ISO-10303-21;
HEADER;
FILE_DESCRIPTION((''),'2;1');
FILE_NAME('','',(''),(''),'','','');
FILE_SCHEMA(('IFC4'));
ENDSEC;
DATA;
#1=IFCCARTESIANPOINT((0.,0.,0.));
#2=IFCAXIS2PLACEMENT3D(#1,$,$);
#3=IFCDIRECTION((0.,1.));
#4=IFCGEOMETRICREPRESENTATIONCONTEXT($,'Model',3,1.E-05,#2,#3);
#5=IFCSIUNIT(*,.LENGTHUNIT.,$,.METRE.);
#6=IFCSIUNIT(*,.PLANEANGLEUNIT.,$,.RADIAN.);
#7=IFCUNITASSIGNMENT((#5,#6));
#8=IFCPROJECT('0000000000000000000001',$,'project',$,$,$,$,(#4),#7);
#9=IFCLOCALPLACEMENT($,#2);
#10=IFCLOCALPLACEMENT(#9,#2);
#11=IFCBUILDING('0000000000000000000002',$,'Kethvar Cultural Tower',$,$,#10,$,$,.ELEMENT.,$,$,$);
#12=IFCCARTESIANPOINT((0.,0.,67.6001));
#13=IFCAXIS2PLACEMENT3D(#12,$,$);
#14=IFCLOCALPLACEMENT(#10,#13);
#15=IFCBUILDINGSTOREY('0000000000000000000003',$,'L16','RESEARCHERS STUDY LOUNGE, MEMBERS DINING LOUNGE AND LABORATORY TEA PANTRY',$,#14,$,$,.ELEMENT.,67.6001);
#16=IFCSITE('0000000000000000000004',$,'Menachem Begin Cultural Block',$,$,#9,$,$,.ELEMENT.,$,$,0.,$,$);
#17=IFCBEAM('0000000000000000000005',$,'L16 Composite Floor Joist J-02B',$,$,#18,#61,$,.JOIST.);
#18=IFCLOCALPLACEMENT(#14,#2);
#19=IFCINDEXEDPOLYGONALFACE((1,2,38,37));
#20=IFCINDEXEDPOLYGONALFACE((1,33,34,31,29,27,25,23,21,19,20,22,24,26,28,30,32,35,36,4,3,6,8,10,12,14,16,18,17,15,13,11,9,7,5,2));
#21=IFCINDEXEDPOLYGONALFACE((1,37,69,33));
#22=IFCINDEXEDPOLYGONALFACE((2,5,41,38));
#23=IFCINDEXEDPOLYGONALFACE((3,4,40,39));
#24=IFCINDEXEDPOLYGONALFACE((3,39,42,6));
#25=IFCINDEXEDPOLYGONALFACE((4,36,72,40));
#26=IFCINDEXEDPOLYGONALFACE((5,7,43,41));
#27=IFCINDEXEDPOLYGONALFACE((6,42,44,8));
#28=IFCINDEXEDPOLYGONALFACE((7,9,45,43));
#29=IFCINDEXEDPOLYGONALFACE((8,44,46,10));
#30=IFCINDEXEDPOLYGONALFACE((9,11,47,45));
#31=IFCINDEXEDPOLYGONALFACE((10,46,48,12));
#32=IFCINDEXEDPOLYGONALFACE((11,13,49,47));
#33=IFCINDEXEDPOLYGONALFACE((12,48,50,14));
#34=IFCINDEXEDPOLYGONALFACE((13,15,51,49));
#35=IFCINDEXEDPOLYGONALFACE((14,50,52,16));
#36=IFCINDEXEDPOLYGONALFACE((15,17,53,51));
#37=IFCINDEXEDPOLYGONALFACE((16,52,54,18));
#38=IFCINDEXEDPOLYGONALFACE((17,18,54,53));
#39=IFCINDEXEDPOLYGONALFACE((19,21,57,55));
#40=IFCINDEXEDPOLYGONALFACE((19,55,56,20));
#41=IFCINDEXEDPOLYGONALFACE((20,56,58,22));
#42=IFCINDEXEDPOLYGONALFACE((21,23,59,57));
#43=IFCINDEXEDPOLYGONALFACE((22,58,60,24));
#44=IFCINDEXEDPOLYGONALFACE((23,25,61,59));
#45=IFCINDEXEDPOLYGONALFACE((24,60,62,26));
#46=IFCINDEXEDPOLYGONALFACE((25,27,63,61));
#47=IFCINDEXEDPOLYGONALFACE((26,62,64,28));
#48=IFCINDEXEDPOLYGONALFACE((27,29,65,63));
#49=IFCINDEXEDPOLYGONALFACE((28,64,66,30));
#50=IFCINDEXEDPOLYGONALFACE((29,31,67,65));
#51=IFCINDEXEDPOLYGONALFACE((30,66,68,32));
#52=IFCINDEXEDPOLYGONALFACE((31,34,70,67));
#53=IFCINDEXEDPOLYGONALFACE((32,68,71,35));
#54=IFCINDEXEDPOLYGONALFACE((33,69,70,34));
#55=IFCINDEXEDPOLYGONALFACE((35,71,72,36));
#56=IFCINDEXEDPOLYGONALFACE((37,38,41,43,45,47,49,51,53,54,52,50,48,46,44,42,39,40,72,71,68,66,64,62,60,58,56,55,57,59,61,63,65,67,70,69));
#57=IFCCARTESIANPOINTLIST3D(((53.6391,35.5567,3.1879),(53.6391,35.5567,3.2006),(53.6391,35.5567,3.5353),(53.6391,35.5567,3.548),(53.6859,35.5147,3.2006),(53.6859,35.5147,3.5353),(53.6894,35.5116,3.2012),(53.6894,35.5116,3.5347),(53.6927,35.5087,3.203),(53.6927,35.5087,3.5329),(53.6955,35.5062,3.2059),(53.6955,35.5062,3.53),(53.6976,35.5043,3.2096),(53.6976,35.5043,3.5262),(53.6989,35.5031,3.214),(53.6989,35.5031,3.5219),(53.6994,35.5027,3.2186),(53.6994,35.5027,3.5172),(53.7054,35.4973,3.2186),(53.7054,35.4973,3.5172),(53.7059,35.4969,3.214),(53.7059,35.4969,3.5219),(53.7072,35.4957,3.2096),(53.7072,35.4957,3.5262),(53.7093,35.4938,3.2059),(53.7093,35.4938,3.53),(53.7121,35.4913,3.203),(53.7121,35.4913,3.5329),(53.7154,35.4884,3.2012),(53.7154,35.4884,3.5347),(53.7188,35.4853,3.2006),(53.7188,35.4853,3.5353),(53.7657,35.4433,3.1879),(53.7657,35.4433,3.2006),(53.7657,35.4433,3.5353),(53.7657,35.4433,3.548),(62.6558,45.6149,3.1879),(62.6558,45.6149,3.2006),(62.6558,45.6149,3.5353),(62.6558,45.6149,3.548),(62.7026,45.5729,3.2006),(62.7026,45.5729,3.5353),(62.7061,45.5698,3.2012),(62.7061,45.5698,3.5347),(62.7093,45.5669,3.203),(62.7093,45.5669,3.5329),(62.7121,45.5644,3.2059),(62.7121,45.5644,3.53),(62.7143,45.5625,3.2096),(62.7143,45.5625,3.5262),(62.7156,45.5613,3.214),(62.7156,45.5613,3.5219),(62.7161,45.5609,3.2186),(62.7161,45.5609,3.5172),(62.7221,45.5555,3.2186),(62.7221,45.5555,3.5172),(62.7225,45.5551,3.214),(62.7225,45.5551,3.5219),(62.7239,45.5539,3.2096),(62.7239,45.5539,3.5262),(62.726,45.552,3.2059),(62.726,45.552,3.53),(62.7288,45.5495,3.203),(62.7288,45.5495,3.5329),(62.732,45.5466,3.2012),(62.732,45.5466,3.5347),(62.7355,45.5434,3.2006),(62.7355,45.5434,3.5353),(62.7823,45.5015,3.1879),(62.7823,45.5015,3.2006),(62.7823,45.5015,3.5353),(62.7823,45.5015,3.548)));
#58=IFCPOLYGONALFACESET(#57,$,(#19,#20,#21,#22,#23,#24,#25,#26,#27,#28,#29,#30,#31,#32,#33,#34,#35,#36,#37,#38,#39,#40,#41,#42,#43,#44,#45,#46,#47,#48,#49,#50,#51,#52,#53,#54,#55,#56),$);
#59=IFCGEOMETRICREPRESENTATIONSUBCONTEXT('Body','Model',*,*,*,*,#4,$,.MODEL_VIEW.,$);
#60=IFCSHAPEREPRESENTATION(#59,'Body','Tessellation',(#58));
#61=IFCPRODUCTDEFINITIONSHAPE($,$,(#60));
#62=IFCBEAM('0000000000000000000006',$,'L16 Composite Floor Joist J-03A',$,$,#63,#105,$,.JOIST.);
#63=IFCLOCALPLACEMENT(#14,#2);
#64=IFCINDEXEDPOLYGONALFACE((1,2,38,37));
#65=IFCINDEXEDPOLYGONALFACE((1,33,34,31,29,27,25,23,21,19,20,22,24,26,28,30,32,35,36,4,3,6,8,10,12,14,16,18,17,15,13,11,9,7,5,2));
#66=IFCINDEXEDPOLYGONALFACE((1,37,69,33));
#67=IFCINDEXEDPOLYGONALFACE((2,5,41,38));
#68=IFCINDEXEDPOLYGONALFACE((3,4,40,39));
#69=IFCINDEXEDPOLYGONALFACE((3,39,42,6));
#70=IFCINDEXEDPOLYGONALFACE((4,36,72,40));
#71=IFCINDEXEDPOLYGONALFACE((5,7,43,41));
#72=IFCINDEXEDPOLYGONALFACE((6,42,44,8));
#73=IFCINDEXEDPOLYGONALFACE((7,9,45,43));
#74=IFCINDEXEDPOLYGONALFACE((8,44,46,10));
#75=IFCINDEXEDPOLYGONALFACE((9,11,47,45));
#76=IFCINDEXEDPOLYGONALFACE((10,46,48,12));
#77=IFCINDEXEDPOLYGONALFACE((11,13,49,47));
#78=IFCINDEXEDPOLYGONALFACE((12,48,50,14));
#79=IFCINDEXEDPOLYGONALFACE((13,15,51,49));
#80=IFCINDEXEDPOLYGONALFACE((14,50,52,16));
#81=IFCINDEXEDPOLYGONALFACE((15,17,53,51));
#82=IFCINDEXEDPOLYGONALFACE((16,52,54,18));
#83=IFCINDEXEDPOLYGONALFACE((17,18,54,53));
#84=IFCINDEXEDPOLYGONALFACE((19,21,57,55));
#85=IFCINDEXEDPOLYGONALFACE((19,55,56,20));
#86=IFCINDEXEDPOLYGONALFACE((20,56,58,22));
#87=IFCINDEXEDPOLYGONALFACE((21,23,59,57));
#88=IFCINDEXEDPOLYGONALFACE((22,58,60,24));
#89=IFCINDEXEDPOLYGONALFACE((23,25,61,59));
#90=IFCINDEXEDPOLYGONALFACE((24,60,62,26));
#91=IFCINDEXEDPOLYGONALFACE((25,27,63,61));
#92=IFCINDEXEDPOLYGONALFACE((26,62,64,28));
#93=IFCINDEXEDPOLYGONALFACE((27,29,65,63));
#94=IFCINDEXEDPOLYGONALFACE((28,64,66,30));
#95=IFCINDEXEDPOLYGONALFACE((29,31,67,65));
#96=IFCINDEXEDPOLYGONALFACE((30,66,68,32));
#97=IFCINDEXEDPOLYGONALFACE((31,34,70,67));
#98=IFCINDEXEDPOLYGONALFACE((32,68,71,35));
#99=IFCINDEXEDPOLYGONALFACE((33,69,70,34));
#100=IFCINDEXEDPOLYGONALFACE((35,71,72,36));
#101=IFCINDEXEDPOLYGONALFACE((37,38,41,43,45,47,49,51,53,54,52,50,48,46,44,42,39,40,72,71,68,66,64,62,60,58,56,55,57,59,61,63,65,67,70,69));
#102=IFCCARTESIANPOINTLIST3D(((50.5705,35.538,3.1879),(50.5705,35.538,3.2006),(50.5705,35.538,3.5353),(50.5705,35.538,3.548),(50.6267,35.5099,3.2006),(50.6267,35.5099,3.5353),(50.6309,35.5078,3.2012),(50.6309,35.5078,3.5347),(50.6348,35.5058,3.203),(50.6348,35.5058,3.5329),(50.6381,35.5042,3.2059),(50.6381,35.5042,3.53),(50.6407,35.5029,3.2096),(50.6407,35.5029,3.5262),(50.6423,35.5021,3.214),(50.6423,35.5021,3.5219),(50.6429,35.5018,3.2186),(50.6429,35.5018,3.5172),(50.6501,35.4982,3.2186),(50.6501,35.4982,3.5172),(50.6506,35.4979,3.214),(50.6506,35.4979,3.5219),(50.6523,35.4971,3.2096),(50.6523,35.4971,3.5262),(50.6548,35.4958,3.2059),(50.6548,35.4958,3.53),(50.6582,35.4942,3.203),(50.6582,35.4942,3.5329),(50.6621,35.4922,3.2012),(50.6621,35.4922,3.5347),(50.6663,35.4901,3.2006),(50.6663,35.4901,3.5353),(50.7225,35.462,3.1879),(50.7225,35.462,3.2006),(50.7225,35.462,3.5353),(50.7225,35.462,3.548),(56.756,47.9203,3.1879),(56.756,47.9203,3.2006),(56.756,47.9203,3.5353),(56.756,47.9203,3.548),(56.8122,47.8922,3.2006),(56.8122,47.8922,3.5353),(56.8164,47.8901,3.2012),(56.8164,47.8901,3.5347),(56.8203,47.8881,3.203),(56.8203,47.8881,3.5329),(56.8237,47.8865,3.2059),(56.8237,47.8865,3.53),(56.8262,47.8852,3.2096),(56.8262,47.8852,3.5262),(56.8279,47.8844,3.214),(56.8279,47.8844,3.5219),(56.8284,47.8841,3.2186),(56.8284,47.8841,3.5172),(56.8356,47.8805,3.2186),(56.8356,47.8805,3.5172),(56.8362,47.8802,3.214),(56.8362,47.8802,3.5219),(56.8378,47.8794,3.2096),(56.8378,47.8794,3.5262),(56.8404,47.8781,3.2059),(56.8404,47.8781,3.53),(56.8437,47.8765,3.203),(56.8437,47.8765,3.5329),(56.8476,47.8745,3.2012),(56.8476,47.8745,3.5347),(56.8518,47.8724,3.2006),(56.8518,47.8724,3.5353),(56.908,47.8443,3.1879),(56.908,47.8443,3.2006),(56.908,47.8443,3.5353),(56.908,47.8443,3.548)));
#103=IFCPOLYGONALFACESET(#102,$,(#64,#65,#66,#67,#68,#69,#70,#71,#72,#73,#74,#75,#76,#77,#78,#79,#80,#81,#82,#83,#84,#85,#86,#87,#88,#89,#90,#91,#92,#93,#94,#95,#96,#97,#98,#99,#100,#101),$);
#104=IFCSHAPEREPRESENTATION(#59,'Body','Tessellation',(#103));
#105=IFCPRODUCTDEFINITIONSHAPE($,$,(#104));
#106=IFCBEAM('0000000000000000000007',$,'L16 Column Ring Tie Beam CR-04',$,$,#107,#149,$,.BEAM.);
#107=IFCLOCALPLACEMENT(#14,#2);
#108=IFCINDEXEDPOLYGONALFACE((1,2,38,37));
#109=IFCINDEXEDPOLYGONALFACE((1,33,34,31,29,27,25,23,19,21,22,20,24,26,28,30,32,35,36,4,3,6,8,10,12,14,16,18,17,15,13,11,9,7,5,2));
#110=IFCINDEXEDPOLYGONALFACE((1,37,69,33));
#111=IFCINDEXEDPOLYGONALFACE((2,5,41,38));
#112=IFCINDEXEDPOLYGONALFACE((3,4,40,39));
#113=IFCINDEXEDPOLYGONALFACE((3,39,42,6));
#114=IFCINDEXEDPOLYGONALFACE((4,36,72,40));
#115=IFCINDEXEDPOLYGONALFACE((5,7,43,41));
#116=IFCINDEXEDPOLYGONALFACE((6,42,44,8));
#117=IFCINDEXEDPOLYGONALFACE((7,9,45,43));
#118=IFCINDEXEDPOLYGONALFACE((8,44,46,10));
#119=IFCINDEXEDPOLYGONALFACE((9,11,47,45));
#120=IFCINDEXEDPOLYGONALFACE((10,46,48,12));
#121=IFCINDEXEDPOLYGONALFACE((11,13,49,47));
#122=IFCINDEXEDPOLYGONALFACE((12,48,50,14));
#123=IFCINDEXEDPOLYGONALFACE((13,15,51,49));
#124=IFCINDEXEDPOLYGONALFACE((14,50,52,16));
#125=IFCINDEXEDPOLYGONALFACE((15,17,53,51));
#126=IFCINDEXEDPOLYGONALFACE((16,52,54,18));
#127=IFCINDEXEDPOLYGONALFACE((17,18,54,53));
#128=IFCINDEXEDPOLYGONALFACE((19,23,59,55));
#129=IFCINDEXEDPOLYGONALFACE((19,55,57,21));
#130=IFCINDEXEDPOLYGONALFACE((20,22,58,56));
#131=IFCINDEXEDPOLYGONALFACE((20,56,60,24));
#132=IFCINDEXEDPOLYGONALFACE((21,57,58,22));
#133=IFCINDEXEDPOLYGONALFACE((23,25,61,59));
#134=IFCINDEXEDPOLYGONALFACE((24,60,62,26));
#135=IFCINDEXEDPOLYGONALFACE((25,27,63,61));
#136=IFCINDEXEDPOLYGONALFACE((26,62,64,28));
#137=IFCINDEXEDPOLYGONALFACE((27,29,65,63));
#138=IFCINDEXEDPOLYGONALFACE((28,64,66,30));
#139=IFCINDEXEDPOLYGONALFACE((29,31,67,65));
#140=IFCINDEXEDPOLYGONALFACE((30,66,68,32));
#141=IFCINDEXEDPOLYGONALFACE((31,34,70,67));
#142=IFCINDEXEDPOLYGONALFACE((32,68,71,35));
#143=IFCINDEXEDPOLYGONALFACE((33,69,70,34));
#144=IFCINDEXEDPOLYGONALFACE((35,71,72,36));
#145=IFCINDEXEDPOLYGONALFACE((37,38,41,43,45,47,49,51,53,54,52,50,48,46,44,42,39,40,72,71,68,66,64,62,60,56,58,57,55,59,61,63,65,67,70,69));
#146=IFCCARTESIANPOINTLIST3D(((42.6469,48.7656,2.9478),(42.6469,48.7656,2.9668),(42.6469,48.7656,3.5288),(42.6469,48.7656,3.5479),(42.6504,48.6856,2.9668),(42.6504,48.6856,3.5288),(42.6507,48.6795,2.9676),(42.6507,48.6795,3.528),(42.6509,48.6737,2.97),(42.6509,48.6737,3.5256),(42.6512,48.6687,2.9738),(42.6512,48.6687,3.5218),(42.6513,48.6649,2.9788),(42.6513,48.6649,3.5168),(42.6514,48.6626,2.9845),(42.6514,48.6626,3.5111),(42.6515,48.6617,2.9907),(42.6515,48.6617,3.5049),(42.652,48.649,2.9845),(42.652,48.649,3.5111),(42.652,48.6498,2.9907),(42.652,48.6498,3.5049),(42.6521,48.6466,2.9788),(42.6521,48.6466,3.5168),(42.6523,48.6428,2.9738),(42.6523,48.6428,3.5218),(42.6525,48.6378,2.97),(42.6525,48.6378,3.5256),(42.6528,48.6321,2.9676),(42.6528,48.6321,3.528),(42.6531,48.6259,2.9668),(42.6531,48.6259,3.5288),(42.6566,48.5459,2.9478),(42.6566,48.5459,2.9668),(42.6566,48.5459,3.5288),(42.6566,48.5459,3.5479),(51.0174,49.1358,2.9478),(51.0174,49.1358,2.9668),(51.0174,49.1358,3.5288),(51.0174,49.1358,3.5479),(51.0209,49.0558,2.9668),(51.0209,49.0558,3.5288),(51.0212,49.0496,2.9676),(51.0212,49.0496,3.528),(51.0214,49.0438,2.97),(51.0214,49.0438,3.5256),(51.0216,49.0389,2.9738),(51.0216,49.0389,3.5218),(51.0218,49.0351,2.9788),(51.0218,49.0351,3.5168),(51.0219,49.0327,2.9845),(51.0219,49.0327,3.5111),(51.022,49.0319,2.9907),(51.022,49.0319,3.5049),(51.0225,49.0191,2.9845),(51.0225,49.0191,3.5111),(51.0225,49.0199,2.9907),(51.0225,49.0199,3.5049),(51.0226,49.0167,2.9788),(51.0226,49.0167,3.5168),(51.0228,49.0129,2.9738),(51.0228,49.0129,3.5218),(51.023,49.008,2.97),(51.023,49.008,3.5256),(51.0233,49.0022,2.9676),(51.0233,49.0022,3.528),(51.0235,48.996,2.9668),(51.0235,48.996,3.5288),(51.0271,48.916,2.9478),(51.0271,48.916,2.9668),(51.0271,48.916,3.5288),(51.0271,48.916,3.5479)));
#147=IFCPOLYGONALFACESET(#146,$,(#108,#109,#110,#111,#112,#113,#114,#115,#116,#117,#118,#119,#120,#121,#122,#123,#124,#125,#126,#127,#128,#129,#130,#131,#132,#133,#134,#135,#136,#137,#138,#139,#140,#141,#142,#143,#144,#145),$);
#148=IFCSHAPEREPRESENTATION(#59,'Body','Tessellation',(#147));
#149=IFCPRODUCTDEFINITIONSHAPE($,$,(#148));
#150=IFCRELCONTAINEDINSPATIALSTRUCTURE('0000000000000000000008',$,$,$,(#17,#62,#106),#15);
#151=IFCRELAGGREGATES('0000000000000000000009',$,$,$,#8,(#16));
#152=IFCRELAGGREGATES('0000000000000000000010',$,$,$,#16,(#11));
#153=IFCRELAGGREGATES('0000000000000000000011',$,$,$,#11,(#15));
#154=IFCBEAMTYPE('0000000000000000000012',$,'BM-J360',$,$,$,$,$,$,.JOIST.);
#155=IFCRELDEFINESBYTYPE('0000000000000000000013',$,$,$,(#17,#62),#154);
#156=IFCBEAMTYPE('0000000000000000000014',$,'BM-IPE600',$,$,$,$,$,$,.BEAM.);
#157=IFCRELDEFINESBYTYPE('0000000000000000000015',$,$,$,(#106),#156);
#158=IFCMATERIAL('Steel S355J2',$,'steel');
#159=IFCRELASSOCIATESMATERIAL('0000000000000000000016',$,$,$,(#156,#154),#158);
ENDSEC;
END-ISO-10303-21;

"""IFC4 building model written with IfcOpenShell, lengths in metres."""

from ifc_helpers import new_model, si_unit, direction, frame, origin, origin_2d, place, context, subcontext, project, spatial, i_section, extrude, source, transform, mapped, material, material_profile, profile_set, type_object, element, save


model = new_model("IFC4")

# Units and contexts
model_context = context("Model", 3, precision=1e-05, world=origin(), true_north=direction((0.0, 1.0)))
body_context = subcontext(model_context, "Body", "Model", "MODEL_VIEW")
ifc_project = project(units=[si_unit("LENGTHUNIT", "METRE"), si_unit("PLANEANGLEUNIT", "RADIAN")], contexts=[model_context])

# Site, building, storey
site_placement = place(None, origin())
site = spatial("IfcSite", under=ifc_project, at=site_placement, Name="Menachem Begin Cultural Block", CompositionType="ELEMENT", RefElevation=0.0)
building_placement = place(site_placement, origin())
building = spatial("IfcBuilding", under=site, at=building_placement, Name="Kethvar Cultural Tower", CompositionType="ELEMENT")
storey_placement = place(building_placement, frame((0.0, 0.0, 67.6001)))
storey = spatial("IfcBuildingStorey", under=building, at=storey_placement, Name="L16", Description="RESEARCHERS STUDY LOUNGE, MEMBERS DINING LOUNGE AND LABORATORY TEA PANTRY", CompositionType="ELEMENT", Elevation=67.6001)

# Beams
ifc_material_1 = material(Name="Steel S355J2", Category="steel")
ifc_material_profile_1 = material_profile(ifc_material_1, i_section(OverallWidth=0.22, OverallDepth=0.6001, WebThickness=0.012, FlangeThickness=0.019, FilletRadius=0.0239, at=origin_2d()), Name="Steel S355J2 — IPE600")
ifc_profile_set_1 = profile_set([ifc_material_profile_1], Name="Steel S355J2 — IPE600")
beam_type_1 = type_object("IfcBeamType", Name="BM-IPE600", PredefinedType="BEAM", material=ifc_profile_set_1)
ifc_material_profile_2 = material_profile(ifc_material_1, i_section(OverallWidth=0.1699, OverallDepth=0.3601, WebThickness=0.0081, FlangeThickness=0.0127, FilletRadius=0.0181, at=origin_2d()), Name="Steel S355J2 — IPE360")
ifc_profile_set_2 = profile_set([ifc_material_profile_2], Name="Steel S355J2 — IPE360")
beam_type_2 = type_object("IfcBeamType", Name="BM-J360", PredefinedType="JOIST", material=ifc_profile_set_2)
shared_shape_1 = source(origin(), body_context, "Body", "SweptSolid", [
    extrude(i_section(OverallWidth=0.1699, OverallDepth=0.3601, WebThickness=0.0081, FlangeThickness=0.0127, FilletRadius=0.0181, at=origin_2d()), origin(), (0.0, 0.0, 1.0), 13.5081),
])
beam_1_placement = place(storey_placement, frame((53.7024, 35.5, 3.3679), z_axis=(0.667504, 0.744607, 0.0), x_axis=(-0.744607, 0.667504, 0.0)))
element("IfcBeam", 1, at=beam_1_placement, inside=storey, type_object=beam_type_2, Name="L16 Composite Floor Joist J-02B", PredefinedType="JOIST", context=body_context, shape_type="MappedRepresentation", body=[
    mapped(shared_shape_1, transform((0.0, 0.0, 0.0), scale=1.0)),
])
shared_shape_2 = source(origin(), body_context, "Body", "SweptSolid", [
    extrude(i_section(OverallWidth=0.1699, OverallDepth=0.3601, WebThickness=0.0081, FlangeThickness=0.0127, FilletRadius=0.0181, at=origin_2d()), origin(), (0.0, 0.0, 1.0), 13.8413),
])
beam_2_placement = place(storey_placement, frame((50.6465, 35.5, 3.3679), z_axis=(0.446889, 0.894589, 0.0), x_axis=(-0.894589, 0.446889, 0.0)))
element("IfcBeam", 2, at=beam_2_placement, inside=storey, type_object=beam_type_2, Name="L16 Composite Floor Joist J-03A", PredefinedType="JOIST", context=body_context, shape_type="MappedRepresentation", body=[
    mapped(shared_shape_2, transform((0.0, 0.0, 0.0), scale=1.0)),
])
shared_shape_3 = source(origin(), body_context, "Body", "SweptSolid", [
    extrude(i_section(OverallWidth=0.22, OverallDepth=0.6001, WebThickness=0.012, FlangeThickness=0.019, FilletRadius=0.0239, at=origin_2d()), origin(), (0.0, 0.0, 1.0), 8.3787),
])
beam_3_placement = place(storey_placement, frame((51.0222, 49.0259, 3.2478), z_axis=(-0.999024, -0.044173, 0.0), x_axis=(0.044173, -0.999024, 0.0)))
element("IfcBeam", 3, at=beam_3_placement, inside=storey, type_object=beam_type_1, Name="L16 Column Ring Tie Beam CR-04", PredefinedType="BEAM", context=body_context, shape_type="MappedRepresentation", body=[
    mapped(shared_shape_3, transform((0.0, 0.0, 0.0), scale=1.0)),
])

save(model, "model.ifc")
